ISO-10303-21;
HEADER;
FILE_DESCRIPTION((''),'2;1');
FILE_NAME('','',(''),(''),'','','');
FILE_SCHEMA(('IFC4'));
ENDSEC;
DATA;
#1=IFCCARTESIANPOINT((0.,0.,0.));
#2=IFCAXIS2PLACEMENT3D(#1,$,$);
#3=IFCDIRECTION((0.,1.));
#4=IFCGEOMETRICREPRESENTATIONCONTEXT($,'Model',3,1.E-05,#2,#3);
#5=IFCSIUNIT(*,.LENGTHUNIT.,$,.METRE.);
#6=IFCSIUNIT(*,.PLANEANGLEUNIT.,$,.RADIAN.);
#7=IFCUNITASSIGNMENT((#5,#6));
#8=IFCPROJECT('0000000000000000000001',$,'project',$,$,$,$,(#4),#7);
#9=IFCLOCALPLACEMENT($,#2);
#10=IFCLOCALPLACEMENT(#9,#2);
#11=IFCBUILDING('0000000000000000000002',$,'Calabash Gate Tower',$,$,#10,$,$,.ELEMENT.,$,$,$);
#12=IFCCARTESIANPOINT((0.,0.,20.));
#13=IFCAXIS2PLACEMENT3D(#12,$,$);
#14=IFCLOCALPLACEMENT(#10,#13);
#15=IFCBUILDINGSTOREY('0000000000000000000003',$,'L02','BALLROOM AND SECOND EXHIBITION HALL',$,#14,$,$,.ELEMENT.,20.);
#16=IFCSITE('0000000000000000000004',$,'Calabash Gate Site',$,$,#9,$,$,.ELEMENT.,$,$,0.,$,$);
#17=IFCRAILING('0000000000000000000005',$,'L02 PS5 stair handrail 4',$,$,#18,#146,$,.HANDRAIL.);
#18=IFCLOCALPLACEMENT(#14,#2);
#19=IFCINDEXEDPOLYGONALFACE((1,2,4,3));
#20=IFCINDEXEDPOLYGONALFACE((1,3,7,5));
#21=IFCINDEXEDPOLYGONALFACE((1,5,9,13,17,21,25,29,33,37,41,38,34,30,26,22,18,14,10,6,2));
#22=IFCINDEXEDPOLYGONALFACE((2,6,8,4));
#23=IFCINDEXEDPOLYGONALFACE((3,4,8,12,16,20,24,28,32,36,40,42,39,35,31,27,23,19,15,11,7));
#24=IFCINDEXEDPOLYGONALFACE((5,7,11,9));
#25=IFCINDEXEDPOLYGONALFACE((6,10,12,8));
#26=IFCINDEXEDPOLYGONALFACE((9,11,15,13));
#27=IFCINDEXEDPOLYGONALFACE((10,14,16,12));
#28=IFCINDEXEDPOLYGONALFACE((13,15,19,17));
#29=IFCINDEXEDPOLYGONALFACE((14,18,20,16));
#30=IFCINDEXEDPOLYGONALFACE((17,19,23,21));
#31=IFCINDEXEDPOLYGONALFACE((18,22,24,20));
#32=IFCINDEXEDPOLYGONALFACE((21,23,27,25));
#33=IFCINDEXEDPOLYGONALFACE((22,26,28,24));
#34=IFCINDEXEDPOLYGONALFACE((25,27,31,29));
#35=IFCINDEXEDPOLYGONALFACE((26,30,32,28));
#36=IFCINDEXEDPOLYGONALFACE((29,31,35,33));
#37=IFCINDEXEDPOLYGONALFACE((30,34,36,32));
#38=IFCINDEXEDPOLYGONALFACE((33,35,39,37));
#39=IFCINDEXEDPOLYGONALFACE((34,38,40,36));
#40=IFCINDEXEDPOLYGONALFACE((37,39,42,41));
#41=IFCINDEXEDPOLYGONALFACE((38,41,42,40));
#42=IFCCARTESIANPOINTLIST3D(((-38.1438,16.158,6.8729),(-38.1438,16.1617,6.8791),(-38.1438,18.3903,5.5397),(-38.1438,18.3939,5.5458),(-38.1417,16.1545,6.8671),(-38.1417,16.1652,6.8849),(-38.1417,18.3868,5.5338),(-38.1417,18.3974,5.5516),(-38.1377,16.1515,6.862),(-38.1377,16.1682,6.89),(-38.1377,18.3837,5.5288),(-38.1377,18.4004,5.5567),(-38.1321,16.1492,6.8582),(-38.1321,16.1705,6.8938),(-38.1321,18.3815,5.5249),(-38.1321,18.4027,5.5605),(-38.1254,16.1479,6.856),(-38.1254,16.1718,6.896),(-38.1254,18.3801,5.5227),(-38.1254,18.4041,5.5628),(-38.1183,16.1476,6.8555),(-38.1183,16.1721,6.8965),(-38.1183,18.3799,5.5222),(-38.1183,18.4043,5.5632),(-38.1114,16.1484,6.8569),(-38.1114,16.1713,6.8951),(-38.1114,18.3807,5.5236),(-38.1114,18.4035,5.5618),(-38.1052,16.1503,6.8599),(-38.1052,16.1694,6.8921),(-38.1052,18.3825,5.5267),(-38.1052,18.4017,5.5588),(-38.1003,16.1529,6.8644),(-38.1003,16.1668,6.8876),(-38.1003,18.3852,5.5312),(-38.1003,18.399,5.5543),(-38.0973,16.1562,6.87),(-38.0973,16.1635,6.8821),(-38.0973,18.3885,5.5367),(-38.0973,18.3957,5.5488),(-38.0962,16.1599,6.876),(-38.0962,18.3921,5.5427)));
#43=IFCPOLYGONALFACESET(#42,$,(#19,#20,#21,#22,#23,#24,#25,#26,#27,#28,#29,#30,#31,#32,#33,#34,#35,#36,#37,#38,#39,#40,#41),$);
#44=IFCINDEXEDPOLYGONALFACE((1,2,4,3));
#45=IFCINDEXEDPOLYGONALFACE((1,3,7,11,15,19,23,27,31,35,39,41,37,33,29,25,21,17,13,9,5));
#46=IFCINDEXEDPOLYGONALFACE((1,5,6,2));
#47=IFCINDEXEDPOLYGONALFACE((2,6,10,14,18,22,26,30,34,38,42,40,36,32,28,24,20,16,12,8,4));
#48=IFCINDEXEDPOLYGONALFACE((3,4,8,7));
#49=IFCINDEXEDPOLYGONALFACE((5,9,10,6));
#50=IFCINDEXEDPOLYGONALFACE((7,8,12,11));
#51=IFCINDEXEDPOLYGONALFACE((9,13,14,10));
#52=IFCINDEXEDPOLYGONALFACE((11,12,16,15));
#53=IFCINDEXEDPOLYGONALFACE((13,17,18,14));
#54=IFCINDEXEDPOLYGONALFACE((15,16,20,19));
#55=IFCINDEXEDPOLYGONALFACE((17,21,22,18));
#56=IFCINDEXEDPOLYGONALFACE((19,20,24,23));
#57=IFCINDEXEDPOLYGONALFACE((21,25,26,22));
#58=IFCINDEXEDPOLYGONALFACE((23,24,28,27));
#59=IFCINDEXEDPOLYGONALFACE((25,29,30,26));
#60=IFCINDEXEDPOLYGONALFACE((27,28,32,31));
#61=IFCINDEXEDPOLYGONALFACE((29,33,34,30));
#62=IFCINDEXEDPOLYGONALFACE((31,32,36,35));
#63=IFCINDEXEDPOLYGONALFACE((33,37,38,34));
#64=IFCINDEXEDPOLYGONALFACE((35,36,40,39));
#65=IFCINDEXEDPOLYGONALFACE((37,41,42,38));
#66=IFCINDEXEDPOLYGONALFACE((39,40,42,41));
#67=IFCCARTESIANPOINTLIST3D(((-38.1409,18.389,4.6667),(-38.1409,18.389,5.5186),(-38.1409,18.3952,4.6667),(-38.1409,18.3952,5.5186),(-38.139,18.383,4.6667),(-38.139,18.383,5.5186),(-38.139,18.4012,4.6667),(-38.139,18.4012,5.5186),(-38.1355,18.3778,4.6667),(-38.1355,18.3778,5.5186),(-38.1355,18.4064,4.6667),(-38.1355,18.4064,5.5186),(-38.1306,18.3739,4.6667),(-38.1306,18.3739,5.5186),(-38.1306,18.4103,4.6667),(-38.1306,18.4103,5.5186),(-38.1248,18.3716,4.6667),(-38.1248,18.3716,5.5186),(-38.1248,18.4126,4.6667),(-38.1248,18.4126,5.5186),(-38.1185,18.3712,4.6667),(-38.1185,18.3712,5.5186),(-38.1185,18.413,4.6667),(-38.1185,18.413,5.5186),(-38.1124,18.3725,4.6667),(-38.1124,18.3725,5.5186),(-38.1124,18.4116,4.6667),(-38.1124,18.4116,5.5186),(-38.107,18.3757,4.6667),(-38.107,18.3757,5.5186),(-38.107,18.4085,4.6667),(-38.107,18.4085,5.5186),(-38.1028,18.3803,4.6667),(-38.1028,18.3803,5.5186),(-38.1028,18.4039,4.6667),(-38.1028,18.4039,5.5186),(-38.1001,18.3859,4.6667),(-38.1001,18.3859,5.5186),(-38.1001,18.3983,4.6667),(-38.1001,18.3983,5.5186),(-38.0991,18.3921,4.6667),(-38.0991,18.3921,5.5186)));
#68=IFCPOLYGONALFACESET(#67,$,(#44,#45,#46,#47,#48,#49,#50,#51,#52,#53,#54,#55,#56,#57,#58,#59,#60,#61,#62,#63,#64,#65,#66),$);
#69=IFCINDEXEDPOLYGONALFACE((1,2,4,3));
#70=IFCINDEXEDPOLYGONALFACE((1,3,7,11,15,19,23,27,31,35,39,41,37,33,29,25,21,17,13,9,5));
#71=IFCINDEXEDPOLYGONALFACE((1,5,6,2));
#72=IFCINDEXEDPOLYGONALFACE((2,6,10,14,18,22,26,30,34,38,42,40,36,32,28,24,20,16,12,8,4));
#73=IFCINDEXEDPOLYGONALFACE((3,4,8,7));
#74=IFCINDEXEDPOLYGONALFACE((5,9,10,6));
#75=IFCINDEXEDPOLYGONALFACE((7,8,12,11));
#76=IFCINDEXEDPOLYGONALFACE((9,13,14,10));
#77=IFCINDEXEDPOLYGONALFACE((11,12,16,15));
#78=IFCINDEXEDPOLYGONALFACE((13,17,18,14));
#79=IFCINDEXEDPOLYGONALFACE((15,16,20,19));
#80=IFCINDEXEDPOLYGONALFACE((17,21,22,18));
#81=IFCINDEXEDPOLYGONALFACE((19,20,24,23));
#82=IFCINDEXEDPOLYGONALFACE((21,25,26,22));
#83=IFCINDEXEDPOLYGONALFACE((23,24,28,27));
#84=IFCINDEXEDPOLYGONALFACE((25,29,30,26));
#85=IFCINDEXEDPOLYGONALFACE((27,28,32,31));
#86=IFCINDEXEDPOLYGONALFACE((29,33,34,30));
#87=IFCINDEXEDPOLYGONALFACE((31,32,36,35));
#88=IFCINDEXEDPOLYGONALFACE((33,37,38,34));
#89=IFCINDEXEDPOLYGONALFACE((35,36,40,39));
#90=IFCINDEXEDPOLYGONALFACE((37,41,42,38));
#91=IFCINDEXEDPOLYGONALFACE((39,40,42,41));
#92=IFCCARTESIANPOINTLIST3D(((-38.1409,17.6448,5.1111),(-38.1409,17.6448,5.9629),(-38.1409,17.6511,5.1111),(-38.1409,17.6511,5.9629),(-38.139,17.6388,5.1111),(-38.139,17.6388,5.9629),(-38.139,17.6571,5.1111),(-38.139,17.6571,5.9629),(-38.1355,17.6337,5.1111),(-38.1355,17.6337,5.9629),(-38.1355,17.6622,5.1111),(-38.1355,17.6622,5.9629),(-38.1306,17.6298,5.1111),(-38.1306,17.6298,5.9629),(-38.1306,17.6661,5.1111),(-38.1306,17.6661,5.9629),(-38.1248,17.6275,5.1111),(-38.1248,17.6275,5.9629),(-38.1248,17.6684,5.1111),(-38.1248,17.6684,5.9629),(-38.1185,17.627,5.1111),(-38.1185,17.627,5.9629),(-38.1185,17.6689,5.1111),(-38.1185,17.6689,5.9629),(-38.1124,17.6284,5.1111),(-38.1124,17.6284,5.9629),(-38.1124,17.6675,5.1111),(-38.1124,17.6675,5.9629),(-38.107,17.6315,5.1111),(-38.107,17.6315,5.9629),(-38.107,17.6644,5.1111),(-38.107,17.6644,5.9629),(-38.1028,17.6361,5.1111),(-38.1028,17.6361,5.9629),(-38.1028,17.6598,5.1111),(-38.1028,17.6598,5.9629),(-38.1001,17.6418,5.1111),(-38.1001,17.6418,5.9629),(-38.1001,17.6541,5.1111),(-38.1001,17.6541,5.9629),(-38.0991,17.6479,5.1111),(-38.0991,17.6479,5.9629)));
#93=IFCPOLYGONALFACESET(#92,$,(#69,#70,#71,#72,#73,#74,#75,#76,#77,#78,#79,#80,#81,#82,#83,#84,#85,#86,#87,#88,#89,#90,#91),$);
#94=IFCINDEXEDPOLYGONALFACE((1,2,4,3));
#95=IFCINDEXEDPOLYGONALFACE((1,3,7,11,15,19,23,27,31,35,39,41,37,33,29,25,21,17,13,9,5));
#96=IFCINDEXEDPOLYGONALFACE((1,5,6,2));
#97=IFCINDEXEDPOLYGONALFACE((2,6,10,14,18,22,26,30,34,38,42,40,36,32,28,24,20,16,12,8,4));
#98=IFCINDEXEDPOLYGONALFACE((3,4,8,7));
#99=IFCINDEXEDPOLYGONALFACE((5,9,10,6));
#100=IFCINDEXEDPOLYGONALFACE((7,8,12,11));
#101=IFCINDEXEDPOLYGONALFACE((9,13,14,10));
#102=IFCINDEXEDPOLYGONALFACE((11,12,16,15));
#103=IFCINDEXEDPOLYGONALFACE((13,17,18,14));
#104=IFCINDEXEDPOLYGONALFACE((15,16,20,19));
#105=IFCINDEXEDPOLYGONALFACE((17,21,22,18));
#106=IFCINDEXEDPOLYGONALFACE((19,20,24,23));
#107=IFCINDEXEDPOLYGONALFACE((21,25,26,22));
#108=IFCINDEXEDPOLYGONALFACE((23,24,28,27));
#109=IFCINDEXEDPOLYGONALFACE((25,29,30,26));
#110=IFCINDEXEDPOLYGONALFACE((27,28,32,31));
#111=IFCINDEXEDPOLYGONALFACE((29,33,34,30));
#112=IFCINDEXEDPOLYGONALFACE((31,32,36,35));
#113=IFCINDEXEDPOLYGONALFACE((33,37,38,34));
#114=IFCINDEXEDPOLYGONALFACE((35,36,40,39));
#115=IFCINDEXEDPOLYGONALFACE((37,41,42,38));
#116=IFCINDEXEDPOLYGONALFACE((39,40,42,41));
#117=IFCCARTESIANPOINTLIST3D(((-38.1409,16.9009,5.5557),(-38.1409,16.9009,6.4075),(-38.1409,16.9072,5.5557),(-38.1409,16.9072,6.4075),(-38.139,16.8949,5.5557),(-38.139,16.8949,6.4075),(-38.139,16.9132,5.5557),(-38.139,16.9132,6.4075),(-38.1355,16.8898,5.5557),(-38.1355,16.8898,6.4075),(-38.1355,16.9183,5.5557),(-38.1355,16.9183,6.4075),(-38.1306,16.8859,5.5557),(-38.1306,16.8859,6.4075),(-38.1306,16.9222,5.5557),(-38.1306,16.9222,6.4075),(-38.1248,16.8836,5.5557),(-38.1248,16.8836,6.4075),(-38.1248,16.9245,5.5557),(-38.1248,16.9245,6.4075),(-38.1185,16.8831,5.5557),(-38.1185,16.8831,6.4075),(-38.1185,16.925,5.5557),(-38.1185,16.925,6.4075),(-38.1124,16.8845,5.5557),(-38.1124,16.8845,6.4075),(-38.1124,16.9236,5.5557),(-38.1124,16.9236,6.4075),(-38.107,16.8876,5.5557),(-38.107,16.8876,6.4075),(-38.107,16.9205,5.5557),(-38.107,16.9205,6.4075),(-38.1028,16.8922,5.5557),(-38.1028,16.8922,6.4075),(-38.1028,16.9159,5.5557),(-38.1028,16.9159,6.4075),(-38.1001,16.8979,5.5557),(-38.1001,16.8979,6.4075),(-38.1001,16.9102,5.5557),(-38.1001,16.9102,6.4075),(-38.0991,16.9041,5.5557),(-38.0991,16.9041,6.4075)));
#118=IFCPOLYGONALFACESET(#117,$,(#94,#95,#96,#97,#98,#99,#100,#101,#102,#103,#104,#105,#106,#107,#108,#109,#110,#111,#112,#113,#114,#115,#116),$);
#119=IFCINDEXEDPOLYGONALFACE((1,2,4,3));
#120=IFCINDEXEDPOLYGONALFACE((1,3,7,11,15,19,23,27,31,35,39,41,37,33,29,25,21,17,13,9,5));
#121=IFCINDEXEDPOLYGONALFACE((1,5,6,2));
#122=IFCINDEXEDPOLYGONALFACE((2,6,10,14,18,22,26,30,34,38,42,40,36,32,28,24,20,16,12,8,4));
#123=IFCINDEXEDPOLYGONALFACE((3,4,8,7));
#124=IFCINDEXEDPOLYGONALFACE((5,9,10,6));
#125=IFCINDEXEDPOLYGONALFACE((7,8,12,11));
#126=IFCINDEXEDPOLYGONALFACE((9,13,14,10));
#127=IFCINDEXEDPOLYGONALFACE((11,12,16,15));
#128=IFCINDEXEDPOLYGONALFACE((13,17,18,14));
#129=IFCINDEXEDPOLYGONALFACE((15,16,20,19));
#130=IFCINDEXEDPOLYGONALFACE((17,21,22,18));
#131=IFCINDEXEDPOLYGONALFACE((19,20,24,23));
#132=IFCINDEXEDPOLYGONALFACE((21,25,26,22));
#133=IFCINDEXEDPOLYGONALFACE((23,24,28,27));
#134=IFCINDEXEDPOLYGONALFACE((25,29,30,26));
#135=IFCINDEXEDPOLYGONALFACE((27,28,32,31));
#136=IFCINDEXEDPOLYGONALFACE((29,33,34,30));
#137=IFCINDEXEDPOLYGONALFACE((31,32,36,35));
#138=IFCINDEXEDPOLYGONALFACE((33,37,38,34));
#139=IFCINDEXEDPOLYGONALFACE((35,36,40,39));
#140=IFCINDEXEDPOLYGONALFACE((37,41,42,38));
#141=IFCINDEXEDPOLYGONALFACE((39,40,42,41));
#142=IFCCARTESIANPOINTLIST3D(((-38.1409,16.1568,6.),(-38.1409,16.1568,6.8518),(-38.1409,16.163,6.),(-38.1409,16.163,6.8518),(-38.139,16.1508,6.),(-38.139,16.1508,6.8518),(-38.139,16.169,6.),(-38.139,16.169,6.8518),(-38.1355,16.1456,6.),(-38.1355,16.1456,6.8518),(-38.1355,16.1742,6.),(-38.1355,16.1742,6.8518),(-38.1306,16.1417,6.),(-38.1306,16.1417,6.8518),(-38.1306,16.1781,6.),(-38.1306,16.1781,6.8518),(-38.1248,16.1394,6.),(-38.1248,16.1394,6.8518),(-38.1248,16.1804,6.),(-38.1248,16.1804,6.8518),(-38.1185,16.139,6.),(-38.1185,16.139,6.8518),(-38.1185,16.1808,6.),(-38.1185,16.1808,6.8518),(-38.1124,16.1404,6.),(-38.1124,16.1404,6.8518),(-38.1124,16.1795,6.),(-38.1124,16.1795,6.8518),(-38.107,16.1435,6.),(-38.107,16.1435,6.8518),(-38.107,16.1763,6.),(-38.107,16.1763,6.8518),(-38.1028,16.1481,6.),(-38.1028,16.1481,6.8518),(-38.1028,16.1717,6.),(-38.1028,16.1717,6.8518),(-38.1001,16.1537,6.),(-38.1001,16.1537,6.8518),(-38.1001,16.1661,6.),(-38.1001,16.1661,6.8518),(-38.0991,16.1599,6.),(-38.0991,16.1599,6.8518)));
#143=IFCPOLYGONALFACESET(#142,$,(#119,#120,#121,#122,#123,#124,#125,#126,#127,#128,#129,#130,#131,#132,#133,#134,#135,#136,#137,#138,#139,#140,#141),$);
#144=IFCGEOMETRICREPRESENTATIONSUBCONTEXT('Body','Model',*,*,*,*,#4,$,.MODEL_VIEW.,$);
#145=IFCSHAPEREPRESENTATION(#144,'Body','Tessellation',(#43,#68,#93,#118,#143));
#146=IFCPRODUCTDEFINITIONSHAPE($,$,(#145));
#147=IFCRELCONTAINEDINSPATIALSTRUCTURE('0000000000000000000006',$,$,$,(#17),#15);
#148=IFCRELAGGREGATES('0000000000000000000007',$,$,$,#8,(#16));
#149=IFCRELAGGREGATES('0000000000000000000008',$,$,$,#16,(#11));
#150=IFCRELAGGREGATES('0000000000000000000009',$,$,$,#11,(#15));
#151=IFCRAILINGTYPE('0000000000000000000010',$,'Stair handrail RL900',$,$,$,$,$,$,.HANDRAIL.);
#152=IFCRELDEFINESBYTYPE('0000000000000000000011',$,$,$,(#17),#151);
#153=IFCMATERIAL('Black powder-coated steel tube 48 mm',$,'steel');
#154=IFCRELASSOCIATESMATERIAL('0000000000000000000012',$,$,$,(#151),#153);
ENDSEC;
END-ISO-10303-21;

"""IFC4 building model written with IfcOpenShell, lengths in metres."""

from ifc_helpers import new_model, si_unit, direction, frame, origin, origin_2d, place, context, subcontext, project, spatial, circle, extrude, material, type_object, element, save


model = new_model("IFC4")

# Units and contexts
model_context = context("Model", 3, precision=1e-05, world=origin(), true_north=direction((0.0, 1.0)))
body_context = subcontext(model_context, "Body", "Model", "MODEL_VIEW")
ifc_project = project(units=[si_unit("LENGTHUNIT", "METRE"), si_unit("PLANEANGLEUNIT", "RADIAN")], contexts=[model_context])

# Site, building, storey
site_placement = place(None, origin())
site = spatial("IfcSite", under=ifc_project, at=site_placement, Name="Calabash Gate Site", CompositionType="ELEMENT", RefElevation=0.0)
building_placement = place(site_placement, origin())
building = spatial("IfcBuilding", under=site, at=building_placement, Name="Calabash Gate Tower", CompositionType="ELEMENT")
storey_placement = place(building_placement, frame((0.0, 0.0, 20.0)))
storey = spatial("IfcBuildingStorey", under=building, at=storey_placement, Name="L02", Description="BALLROOM AND SECOND EXHIBITION HALL", CompositionType="ELEMENT", Elevation=20.0)

# Railing
ifc_material_1 = material(Name="Black powder-coated steel tube 48 mm", Category="steel")
railing_type_1 = type_object("IfcRailingType", Name="Stair handrail RL900", PredefinedType="HANDRAIL", material=ifc_material_1)
for number, where, name in (
    (1, (-38.1201, 18.3921, 4.6667), "L02 PS5 stair handrail 4"),
):
    element("IfcRailing", number, at=place(storey_placement, frame(where)), inside=storey, type_object=railing_type_1, Name=name, PredefinedType="HANDRAIL", context=body_context, shape_type="SweptSolid", body=[
        extrude(circle(Radius=0.0239, at=origin_2d()), frame((0.0, 0.0, 0.876), z_axis=(0.0, -0.858519, 0.512782), x_axis=(1.0, 0.0, 0.0)), (0.0, 0.0, 1.0), 2.6001),
        extrude(circle(Radius=0.021, at=origin_2d()), origin(), (0.0, 0.0, 1.0), 0.8518),
        extrude(circle(Radius=0.021, at=origin_2d()), frame((0.0, -0.7441, 0.4443)), (0.0, 0.0, 1.0), 0.8518),
        extrude(circle(Radius=0.021, at=origin_2d()), frame((0.0, -1.488, 0.8889)), (0.0, 0.0, 1.0), 0.8518),
        extrude(circle(Radius=0.021, at=origin_2d()), frame((0.0, -2.2322, 1.3333)), (0.0, 0.0, 1.0), 0.8518),
    ])

save(model, "model.ifc")
